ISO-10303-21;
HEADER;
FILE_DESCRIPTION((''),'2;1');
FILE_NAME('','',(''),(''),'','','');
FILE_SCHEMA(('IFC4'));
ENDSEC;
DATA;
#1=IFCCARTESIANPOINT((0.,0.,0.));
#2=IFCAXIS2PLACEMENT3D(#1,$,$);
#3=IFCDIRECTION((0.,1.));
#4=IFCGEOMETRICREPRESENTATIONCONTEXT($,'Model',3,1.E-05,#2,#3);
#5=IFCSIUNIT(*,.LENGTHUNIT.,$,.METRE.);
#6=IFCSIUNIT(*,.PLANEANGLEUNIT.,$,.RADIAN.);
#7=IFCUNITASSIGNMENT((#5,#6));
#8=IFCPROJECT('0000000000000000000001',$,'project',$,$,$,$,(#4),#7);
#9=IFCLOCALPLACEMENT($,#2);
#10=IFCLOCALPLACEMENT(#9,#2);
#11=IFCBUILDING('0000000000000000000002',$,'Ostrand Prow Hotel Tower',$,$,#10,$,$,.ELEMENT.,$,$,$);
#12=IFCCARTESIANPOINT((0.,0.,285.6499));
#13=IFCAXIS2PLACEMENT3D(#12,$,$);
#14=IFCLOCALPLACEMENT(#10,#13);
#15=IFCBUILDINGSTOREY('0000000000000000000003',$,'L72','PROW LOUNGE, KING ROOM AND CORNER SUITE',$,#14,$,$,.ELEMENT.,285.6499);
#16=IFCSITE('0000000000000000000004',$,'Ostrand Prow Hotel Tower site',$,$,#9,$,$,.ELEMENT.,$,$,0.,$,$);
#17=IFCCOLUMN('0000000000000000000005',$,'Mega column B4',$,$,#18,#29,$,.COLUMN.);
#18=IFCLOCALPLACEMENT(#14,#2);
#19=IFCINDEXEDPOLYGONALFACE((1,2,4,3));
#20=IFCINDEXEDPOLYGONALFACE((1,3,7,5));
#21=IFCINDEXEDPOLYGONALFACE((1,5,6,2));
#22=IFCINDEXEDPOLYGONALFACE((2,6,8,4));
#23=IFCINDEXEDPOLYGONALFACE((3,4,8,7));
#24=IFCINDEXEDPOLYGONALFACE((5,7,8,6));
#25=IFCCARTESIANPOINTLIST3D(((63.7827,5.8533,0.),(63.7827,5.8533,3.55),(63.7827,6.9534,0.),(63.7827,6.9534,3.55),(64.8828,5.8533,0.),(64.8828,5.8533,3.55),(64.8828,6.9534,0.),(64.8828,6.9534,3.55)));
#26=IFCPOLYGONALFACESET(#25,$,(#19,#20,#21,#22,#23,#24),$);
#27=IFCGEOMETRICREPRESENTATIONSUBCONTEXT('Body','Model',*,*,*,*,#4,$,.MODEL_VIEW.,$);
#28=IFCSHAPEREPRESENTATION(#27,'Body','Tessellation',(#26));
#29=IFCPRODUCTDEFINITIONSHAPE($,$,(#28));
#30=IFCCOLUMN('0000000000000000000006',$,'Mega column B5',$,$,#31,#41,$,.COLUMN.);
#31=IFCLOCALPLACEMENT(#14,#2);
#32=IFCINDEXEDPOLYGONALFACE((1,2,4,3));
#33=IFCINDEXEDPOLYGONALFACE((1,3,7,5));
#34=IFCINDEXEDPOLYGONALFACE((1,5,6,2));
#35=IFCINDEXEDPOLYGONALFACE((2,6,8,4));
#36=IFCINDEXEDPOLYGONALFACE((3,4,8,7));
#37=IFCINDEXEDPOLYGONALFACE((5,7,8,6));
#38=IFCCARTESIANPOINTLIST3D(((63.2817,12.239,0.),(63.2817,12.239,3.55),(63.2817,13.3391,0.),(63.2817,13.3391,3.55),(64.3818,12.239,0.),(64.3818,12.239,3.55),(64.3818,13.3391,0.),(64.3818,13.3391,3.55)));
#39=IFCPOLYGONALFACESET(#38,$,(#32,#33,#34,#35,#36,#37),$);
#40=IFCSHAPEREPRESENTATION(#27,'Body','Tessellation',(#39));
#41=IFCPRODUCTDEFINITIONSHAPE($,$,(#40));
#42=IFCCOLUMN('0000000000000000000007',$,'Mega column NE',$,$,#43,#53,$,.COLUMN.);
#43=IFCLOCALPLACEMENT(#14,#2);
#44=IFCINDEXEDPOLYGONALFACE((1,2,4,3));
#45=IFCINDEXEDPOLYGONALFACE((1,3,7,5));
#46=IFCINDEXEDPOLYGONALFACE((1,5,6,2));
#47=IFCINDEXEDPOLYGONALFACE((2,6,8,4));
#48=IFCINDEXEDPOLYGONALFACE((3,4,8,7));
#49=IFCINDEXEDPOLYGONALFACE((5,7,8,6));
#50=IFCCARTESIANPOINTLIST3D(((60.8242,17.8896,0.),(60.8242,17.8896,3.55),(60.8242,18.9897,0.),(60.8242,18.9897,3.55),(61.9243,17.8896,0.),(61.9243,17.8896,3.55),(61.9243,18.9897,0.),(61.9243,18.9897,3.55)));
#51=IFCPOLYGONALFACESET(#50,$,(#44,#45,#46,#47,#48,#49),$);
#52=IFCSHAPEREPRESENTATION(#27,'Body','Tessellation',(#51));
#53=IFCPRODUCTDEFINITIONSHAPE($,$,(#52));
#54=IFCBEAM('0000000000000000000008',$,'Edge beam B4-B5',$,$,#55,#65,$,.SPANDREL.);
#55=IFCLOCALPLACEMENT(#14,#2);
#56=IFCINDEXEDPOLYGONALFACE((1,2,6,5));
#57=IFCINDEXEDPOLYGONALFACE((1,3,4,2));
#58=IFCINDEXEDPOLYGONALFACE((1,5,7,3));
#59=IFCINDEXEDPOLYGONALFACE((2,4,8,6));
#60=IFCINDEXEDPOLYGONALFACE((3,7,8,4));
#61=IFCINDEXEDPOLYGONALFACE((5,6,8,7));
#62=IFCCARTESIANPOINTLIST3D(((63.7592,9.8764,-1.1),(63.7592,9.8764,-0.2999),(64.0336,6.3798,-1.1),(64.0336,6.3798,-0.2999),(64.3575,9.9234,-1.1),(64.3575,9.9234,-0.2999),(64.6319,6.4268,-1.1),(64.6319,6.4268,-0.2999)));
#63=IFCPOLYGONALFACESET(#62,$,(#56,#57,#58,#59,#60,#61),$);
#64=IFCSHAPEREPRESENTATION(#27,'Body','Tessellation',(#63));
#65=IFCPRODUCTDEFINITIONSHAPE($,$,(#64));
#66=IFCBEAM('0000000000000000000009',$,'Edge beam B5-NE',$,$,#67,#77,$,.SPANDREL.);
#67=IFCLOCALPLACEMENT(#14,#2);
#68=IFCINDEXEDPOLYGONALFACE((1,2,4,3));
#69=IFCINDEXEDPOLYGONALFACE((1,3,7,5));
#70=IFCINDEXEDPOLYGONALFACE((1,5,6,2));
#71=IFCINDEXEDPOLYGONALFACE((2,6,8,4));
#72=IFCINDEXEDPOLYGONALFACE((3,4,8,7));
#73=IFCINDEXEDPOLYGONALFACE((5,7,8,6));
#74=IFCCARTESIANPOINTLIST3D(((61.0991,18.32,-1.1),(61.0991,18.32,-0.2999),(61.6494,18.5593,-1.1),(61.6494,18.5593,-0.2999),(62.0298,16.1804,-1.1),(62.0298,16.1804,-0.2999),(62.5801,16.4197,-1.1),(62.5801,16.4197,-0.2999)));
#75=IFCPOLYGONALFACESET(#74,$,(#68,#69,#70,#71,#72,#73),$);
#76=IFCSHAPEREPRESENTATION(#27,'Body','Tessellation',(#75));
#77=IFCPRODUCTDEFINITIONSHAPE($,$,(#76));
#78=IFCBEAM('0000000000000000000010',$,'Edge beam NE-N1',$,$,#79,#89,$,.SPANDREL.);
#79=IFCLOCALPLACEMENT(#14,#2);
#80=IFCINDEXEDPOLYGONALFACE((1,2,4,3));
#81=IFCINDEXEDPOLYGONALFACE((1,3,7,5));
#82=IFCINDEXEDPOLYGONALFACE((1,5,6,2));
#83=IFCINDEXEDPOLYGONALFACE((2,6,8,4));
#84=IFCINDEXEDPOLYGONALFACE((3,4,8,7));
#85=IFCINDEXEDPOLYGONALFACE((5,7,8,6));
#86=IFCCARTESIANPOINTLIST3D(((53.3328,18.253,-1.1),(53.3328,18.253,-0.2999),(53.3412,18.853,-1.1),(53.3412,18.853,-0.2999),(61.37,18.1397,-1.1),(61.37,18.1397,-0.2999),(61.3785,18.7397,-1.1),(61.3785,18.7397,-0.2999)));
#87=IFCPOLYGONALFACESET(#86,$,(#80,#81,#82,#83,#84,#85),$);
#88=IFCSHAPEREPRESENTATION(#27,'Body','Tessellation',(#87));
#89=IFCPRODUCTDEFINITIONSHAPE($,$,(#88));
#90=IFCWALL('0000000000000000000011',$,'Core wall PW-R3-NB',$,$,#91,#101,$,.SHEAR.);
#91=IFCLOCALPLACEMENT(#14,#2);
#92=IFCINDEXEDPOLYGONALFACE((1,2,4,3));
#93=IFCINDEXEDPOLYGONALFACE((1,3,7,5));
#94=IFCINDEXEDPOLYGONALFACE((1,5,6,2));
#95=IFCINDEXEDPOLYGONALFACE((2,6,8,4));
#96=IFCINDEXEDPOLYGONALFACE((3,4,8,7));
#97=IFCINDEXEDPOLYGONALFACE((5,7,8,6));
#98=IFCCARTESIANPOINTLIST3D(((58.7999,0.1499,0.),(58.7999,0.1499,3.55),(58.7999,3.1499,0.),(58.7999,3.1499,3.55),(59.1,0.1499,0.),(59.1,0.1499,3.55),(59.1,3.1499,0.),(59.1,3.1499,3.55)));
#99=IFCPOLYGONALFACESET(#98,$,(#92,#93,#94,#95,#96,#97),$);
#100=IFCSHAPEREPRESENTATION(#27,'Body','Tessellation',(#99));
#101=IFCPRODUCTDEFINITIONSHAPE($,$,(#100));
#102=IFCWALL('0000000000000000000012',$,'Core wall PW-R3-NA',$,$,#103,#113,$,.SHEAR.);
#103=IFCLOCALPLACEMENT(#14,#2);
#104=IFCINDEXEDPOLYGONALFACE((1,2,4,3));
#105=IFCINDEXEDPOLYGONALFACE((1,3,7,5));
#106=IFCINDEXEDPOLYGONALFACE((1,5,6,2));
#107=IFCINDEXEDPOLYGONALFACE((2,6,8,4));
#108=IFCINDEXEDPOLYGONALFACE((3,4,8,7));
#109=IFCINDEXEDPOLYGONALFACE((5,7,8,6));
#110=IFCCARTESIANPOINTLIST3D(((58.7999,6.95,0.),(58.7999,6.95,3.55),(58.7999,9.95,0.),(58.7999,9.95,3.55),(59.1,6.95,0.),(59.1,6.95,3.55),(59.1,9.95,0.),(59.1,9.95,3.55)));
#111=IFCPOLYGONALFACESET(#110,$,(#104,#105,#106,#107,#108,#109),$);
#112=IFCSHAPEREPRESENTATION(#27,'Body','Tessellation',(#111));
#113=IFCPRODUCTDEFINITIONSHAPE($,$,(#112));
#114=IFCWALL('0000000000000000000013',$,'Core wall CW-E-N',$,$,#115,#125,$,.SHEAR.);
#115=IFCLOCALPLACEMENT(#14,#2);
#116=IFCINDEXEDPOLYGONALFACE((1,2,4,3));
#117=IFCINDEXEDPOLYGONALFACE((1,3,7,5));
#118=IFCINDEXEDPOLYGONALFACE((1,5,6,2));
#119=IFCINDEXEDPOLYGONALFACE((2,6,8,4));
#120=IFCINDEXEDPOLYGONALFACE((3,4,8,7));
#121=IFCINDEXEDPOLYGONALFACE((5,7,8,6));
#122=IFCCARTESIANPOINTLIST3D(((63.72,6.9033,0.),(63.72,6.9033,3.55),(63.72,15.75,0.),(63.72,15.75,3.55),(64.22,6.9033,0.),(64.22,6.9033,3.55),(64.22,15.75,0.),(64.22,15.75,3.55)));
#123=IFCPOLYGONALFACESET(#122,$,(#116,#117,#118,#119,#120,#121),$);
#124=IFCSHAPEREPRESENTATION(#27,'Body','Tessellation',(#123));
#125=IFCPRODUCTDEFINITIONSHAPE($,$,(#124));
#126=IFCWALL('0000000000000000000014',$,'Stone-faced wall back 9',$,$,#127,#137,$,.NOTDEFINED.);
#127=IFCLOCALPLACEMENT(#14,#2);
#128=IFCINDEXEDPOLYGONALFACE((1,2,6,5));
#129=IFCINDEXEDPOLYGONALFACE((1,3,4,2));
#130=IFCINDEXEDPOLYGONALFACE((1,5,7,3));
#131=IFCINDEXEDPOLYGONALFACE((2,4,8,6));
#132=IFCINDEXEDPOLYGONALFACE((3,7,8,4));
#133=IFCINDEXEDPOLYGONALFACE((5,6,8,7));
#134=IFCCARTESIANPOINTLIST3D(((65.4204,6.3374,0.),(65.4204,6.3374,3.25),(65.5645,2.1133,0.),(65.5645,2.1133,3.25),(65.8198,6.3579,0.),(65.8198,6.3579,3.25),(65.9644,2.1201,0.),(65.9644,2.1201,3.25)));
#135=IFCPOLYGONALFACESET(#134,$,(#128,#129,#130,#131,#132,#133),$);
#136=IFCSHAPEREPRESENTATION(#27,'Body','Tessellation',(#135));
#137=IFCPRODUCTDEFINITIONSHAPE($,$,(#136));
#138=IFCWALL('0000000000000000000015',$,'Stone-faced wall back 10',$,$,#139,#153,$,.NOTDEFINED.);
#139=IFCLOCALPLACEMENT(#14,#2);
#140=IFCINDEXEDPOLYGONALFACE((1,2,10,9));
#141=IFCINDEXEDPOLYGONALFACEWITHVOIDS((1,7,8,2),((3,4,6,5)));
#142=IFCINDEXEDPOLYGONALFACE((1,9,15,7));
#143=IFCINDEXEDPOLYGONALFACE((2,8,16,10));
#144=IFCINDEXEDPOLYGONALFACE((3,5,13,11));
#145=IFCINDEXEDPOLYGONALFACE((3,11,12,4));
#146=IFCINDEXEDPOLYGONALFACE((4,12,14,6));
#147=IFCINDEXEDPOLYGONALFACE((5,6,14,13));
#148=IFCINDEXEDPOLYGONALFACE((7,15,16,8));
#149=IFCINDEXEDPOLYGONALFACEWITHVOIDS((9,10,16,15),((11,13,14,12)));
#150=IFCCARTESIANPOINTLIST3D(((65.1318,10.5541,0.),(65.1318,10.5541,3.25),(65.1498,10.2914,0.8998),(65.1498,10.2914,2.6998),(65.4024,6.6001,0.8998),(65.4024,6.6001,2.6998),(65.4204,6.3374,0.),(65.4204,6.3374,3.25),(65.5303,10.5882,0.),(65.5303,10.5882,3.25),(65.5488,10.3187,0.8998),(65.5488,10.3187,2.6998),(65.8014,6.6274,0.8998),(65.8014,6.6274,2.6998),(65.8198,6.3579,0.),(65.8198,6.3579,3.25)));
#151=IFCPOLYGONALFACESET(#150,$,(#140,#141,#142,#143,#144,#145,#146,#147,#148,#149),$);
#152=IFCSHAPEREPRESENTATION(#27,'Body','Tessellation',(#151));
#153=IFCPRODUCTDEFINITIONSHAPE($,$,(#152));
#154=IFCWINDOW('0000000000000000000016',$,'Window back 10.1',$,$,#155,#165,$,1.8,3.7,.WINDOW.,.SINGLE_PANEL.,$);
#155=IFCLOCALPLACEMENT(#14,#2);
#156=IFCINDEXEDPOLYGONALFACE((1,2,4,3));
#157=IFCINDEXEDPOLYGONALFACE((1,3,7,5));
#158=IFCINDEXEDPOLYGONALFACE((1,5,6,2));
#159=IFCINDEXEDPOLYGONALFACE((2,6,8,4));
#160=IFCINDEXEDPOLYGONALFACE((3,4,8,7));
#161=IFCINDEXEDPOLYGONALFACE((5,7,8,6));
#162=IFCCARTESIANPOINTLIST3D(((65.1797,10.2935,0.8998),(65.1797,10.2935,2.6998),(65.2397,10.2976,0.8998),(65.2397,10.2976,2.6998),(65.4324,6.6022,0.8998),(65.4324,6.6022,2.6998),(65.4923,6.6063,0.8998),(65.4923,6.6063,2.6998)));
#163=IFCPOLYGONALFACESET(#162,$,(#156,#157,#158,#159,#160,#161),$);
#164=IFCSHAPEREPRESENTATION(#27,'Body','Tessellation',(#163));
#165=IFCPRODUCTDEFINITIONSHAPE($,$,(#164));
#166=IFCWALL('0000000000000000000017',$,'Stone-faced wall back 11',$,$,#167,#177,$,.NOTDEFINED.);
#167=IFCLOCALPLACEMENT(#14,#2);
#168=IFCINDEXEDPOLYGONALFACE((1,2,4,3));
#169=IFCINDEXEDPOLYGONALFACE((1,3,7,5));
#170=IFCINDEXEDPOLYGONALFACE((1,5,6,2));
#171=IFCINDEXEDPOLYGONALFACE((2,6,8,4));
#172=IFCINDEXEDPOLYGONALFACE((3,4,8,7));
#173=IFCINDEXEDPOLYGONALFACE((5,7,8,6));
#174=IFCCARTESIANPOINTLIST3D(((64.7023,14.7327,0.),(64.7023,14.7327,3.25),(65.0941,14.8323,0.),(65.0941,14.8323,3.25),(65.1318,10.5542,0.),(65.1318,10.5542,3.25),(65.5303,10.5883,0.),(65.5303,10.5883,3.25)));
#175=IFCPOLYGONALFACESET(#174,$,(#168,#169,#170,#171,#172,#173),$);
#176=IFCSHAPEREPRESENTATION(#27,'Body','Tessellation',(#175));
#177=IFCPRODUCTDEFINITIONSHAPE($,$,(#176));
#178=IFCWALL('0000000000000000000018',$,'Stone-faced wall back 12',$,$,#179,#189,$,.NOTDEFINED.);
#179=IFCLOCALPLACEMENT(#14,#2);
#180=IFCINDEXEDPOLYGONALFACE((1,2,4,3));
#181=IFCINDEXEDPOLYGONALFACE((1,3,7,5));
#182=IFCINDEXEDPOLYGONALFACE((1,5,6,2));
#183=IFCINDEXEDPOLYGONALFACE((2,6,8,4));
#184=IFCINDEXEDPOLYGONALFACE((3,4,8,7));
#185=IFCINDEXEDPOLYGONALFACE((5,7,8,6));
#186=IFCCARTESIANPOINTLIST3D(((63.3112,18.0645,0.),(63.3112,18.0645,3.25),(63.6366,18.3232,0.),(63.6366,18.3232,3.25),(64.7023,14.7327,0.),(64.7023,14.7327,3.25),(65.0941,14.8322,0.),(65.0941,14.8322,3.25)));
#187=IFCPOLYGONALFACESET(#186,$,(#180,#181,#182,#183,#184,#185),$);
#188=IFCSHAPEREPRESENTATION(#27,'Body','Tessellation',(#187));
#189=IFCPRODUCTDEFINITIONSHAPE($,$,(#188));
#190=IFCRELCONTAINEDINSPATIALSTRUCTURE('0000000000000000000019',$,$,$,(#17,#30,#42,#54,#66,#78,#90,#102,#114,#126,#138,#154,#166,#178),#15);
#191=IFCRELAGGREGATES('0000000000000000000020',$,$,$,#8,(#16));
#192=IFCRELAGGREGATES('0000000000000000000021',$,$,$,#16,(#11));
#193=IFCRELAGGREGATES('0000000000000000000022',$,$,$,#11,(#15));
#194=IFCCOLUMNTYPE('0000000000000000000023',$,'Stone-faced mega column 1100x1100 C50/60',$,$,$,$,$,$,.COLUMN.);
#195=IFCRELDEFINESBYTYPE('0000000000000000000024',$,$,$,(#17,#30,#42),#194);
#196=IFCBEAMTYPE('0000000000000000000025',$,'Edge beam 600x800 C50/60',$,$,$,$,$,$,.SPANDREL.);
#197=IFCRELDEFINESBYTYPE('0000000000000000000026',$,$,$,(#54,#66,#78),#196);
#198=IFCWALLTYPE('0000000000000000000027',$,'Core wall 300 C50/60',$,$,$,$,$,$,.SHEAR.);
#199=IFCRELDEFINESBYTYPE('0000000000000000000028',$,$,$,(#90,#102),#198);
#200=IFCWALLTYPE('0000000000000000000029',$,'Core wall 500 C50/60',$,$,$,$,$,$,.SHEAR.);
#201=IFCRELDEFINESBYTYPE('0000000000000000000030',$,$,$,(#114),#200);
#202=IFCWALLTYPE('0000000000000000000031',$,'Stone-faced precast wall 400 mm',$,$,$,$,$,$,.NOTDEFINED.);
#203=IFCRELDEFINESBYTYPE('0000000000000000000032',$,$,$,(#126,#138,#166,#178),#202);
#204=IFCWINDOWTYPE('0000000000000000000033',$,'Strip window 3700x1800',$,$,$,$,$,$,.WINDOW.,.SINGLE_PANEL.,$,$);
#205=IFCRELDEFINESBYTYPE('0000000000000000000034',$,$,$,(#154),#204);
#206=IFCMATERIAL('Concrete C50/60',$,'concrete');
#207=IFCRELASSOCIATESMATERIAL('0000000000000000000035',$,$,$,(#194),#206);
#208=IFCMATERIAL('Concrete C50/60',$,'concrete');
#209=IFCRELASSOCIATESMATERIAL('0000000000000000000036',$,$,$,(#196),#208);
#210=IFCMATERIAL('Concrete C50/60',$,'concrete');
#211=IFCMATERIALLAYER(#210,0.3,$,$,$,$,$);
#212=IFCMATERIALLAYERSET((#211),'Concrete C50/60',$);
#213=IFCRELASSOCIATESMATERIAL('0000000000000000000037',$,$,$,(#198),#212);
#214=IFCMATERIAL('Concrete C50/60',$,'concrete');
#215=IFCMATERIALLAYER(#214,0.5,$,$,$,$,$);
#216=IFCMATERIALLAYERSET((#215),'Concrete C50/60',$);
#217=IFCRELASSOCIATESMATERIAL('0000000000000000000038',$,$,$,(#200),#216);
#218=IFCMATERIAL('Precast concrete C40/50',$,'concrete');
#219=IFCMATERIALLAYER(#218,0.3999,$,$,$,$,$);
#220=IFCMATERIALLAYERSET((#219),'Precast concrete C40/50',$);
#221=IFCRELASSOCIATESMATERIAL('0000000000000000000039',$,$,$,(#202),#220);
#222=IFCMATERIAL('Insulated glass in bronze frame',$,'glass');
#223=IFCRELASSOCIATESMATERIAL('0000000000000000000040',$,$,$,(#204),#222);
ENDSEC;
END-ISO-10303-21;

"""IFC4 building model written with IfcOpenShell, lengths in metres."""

from ifc_helpers import new_model, si_unit, direction, frame, frame_2d, origin, origin_2d, place, context, subcontext, project, spatial, polyline, rectangle, outline, extrude, material, layer, layer_set, material_profile, profile_set, type_object, element, fill, save


model = new_model("IFC4")

# Units and contexts
model_context = context("Model", 3, precision=1e-05, world=origin(), true_north=direction((0.0, 1.0)))
body_context = subcontext(model_context, "Body", "Model", "MODEL_VIEW")
ifc_project = project(units=[si_unit("LENGTHUNIT", "METRE"), si_unit("PLANEANGLEUNIT", "RADIAN")], contexts=[model_context])

# Site, building, storey
site_placement = place(None, origin())
site = spatial("IfcSite", under=ifc_project, at=site_placement, Name="Ostrand Prow Hotel Tower site", CompositionType="ELEMENT", RefElevation=0.0)
building_placement = place(site_placement, origin())
building = spatial("IfcBuilding", under=site, at=building_placement, Name="Ostrand Prow Hotel Tower", CompositionType="ELEMENT")
storey_placement = place(building_placement, frame((0.0, 0.0, 285.6499)))
storey = spatial("IfcBuildingStorey", under=building, at=storey_placement, Name="L72", Description="PROW LOUNGE, KING ROOM AND CORNER SUITE", CompositionType="ELEMENT", Elevation=285.6499)

# Columns
ifc_material_1 = material(Name="Concrete C50/60", Category="concrete")
ifc_material_profile_1 = material_profile(ifc_material_1, rectangle(XDim=1.1001, YDim=1.1001, at=origin_2d()), Name="RC 1100x1100")
ifc_profile_set_1 = profile_set([ifc_material_profile_1], Name="Concrete C50/60")
column_type = type_object("IfcColumnType", Name="Stone-faced mega column 1100x1100 C50/60", PredefinedType="COLUMN", material=ifc_profile_set_1)
for number, where, z_axis, x_axis, name in (
    (1, (64.3328, 6.4033, 0.0), (0.0, 0.0, 1.0), (1.0, 0.0, 0.0), "Mega column B4"),
    (2, (63.8318, 12.7891, 0.0), (0.0, 0.0, 1.0), (1.0, 0.0, 0.0), "Mega column B5"),
    (3, (61.3743, 18.4397, 0.0), (0.0, 0.0, 1.0), (1.0, 0.0, 0.0), "Mega column NE"),
):
    element("IfcColumn", number, at=place(storey_placement, frame(where, z_axis=z_axis, x_axis=x_axis)), inside=storey, type_object=column_type, Name=name, PredefinedType="COLUMN", context=body_context, shape_type="SweptSolid", body=[
        extrude(rectangle(XDim=1.1001, YDim=1.1001, at=origin_2d()), origin(), (0.0, 0.0, 1.0), 3.55),
    ])

# Beams
ifc_material_2 = material(Name="Concrete C50/60", Category="concrete")
ifc_material_profile_2 = material_profile(ifc_material_2, rectangle(XDim=0.6001, YDim=0.8, at=origin_2d()), Name="RC 600x800")
ifc_profile_set_2 = profile_set([ifc_material_profile_2], Name="Concrete C50/60")
beam_type = type_object("IfcBeamType", Name="Edge beam 600x800 C50/60", PredefinedType="SPANDREL", material=ifc_profile_set_2)
beam_1_placement = place(storey_placement, frame((64.3328, 6.4033, -0.7), z_axis=(-0.07824, 0.996935, 0.0), x_axis=(-0.996935, -0.07824, 0.0)))
element("IfcBeam", 4, at=beam_1_placement, inside=storey, type_object=beam_type, Name="Edge beam B4-B5", PredefinedType="SPANDREL", context=body_context, shape_type="SweptSolid", body=[
    extrude(rectangle(XDim=0.6001, YDim=0.8, at=origin_2d()), origin(), (0.0, 0.0, 1.0), 3.5073),
])
beam_2_placement = place(storey_placement, frame((62.3049, 16.3, -0.7), z_axis=(-0.398864, 0.91701, 0.0), x_axis=(-0.91701, -0.398864, 0.0)))
element("IfcBeam", 5, at=beam_2_placement, inside=storey, type_object=beam_type, Name="Edge beam B5-NE", PredefinedType="SPANDREL", context=body_context, shape_type="SweptSolid", body=[
    extrude(rectangle(XDim=0.6001, YDim=0.8, at=origin_2d()), origin(), (0.0, 0.0, 1.0), 2.3333),
])
beam_3_placement = place(storey_placement, frame((61.3743, 18.4397, -0.7), z_axis=(-0.999901, 0.014093, 0.0), x_axis=(-0.014093, -0.999901, 0.0)))
element("IfcBeam", 6, at=beam_3_placement, inside=storey, type_object=beam_type, Name="Edge beam NE-N1", PredefinedType="SPANDREL", context=body_context, shape_type="SweptSolid", body=[
    extrude(rectangle(XDim=0.6001, YDim=0.8, at=origin_2d()), origin(), (0.0, 0.0, 1.0), 8.0381),
])

# Walls
ifc_material_3 = material(Name="Concrete C50/60", Category="concrete")
ifc_layer_1 = layer(ifc_material_3, 0.3)
ifc_layer_set_1 = layer_set([ifc_layer_1], Name="Concrete C50/60")
wall_type_1 = type_object("IfcWallType", Name="Core wall 300 C50/60", PredefinedType="SHEAR", material=ifc_layer_set_1)
for number, where, z_axis, x_axis, name in (
    (7, (58.95, 0.1499, 0.0), (0.0, 0.0, 1.0), (0.0, 1.0, 0.0), "Core wall PW-R3-NB"),
    (8, (58.95, 6.95, 0.0), (0.0, 0.0, 1.0), (0.0, 1.0, 0.0), "Core wall PW-R3-NA"),
):
    element("IfcWall", number, at=place(storey_placement, frame(where, z_axis=z_axis, x_axis=x_axis)), inside=storey, type_object=wall_type_1, Name=name, PredefinedType="SHEAR", context=body_context, shape_type="SweptSolid", body=[
        extrude(rectangle(XDim=3.0, YDim=0.3, at=frame_2d((1.5, 0.0))), origin(), (0.0, 0.0, 1.0), 3.55),
    ])
ifc_material_4 = material(Name="Concrete C50/60", Category="concrete")
ifc_layer_2 = layer(ifc_material_4, 0.5)
ifc_layer_set_2 = layer_set([ifc_layer_2], Name="Concrete C50/60")
wall_type_2 = type_object("IfcWallType", Name="Core wall 500 C50/60", PredefinedType="SHEAR", material=ifc_layer_set_2)
wall_1_placement = place(storey_placement, frame((63.97, 6.9033, 0.0), z_axis=(0.0, 0.0, 1.0), x_axis=(0.0, 1.0, 0.0)))
element("IfcWall", 9, at=wall_1_placement, inside=storey, type_object=wall_type_2, Name="Core wall CW-E-N", PredefinedType="SHEAR", context=body_context, shape_type="SweptSolid", body=[
    extrude(rectangle(XDim=8.8467, YDim=0.5, at=frame_2d((4.4233, 0.0))), origin(), (0.0, 0.0, 1.0), 3.55),
])
ifc_material_5 = material(Name="Precast concrete C40/50", Category="concrete")
ifc_layer_3 = layer(ifc_material_5, 0.3999)
ifc_layer_set_3 = layer_set([ifc_layer_3], Name="Precast concrete C40/50")
wall_type_3 = type_object("IfcWallType", Name="Stone-faced precast wall 400 mm", PredefinedType="NOTDEFINED", material=ifc_layer_set_3)
wall_2_placement = place(storey_placement, frame((65.7644, 2.1167, 0.0), z_axis=(0.0, 0.0, 1.0), x_axis=(-0.034083, 0.999419, 0.0)))
element("IfcWall", 10, at=wall_2_placement, inside=storey, type_object=wall_type_3, Name="Stone-faced wall back 9", PredefinedType="NOTDEFINED", context=body_context, shape_type="SweptSolid", body=[
    extrude(outline(polyline([(-0.0034, -0.2), (4.2368, -0.2), (4.23, 0.2), (0.0034, 0.2), (-0.0034, -0.2)])), origin(), (0.0, 0.0, 1.0), 3.25),
])

# Wall, opening, window
wall_3_placement = place(storey_placement, frame((65.6201, 6.3477, 0.0), z_axis=(0.0, 0.0, 1.0), x_axis=(-0.06828, 0.997666, 0.0)))
wall_3 = element("IfcWall", 11, at=wall_3_placement, inside=storey, type_object=wall_type_3, Name="Stone-faced wall back 10", PredefinedType="NOTDEFINED", context=body_context, shape_type="SweptSolid", body=[
    extrude(outline(polyline([(-0.0034, -0.2), (4.2368, -0.2), (4.23, 0.2), (0.0034, 0.2), (-0.0034, -0.2)])), origin(), (0.0, 0.0, 1.0), 3.25),
])
opening_placement = place(wall_3_placement, frame((0.2666, 0.0, 0.8999)))
opening = element("IfcOpeningElement", 12, at=opening_placement, cuts=wall_3, PredefinedType="OPENING", context=body_context, shape_type="SweptSolid", body=[
    extrude(rectangle(XDim=3.7, YDim=1.8, at=frame_2d((1.8501, 0.8999))), frame((0.0, 0.21, 0.0), z_axis=(0.0, -1.0, 0.0), x_axis=(1.0, 0.0, 0.0)), (0.0, 0.0, 1.0), 0.4199),
])
ifc_material_6 = material(Name="Insulated glass in bronze frame", Category="glass")
window_type = type_object("IfcWindowType", Name="Strip window 3700x1800", PartitioningType="SINGLE_PANEL", PredefinedType="WINDOW", material=ifc_material_6)
window_placement = place(opening_placement, origin())
window = element("IfcWindow", 13, at=window_placement, inside=storey, type_object=window_type, Name="Window back 10.1", OverallHeight=1.8, OverallWidth=3.7, PartitioningType="SINGLE_PANEL", PredefinedType="WINDOW", context=body_context, shape_type="SweptSolid", body=[
    extrude(rectangle(XDim=3.7, YDim=1.8, at=frame_2d((1.8501, 0.8999))), frame((0.0, 0.1699, 0.0), z_axis=(0.0, -1.0, 0.0), x_axis=(1.0, 0.0, 0.0)), (0.0, 0.0, 1.0), 0.0601),
])
fill(opening, window)

# Walls
wall_4_placement = place(storey_placement, frame((65.3311, 10.5713, 0.0), z_axis=(0.0, 0.0, 1.0), x_axis=(-0.10225, 0.994759, 0.0)))
element("IfcWall", 14, at=wall_4_placement, inside=storey, type_object=wall_type_3, Name="Stone-faced wall back 11", PredefinedType="NOTDEFINED", context=body_context, shape_type="SweptSolid", body=[
    extrude(outline(polyline([(-0.0034, -0.2), (4.2629, -0.2), (4.2039, 0.2), (0.0034, 0.2), (-0.0034, -0.2)])), origin(), (0.0, 0.0, 1.0), 3.25),
])
wall_5_placement = place(storey_placement, frame((64.8982, 14.7825, 0.0), z_axis=(0.0, 0.0, 1.0), x_axis=(-0.385286, 0.922797, 0.0)))
element("IfcWall", 15, at=wall_5_placement, inside=storey, type_object=wall_type_3, Name="Stone-faced wall back 12", PredefinedType="NOTDEFINED", context=body_context, shape_type="SweptSolid", body=[
    extrude(outline(polyline([(-0.0295, -0.2), (3.7534, -0.2), (3.6401, 0.2), (0.0295, 0.2), (-0.0295, -0.2)])), origin(), (0.0, 0.0, 1.0), 3.25),
])

save(model, "model.ifc")
